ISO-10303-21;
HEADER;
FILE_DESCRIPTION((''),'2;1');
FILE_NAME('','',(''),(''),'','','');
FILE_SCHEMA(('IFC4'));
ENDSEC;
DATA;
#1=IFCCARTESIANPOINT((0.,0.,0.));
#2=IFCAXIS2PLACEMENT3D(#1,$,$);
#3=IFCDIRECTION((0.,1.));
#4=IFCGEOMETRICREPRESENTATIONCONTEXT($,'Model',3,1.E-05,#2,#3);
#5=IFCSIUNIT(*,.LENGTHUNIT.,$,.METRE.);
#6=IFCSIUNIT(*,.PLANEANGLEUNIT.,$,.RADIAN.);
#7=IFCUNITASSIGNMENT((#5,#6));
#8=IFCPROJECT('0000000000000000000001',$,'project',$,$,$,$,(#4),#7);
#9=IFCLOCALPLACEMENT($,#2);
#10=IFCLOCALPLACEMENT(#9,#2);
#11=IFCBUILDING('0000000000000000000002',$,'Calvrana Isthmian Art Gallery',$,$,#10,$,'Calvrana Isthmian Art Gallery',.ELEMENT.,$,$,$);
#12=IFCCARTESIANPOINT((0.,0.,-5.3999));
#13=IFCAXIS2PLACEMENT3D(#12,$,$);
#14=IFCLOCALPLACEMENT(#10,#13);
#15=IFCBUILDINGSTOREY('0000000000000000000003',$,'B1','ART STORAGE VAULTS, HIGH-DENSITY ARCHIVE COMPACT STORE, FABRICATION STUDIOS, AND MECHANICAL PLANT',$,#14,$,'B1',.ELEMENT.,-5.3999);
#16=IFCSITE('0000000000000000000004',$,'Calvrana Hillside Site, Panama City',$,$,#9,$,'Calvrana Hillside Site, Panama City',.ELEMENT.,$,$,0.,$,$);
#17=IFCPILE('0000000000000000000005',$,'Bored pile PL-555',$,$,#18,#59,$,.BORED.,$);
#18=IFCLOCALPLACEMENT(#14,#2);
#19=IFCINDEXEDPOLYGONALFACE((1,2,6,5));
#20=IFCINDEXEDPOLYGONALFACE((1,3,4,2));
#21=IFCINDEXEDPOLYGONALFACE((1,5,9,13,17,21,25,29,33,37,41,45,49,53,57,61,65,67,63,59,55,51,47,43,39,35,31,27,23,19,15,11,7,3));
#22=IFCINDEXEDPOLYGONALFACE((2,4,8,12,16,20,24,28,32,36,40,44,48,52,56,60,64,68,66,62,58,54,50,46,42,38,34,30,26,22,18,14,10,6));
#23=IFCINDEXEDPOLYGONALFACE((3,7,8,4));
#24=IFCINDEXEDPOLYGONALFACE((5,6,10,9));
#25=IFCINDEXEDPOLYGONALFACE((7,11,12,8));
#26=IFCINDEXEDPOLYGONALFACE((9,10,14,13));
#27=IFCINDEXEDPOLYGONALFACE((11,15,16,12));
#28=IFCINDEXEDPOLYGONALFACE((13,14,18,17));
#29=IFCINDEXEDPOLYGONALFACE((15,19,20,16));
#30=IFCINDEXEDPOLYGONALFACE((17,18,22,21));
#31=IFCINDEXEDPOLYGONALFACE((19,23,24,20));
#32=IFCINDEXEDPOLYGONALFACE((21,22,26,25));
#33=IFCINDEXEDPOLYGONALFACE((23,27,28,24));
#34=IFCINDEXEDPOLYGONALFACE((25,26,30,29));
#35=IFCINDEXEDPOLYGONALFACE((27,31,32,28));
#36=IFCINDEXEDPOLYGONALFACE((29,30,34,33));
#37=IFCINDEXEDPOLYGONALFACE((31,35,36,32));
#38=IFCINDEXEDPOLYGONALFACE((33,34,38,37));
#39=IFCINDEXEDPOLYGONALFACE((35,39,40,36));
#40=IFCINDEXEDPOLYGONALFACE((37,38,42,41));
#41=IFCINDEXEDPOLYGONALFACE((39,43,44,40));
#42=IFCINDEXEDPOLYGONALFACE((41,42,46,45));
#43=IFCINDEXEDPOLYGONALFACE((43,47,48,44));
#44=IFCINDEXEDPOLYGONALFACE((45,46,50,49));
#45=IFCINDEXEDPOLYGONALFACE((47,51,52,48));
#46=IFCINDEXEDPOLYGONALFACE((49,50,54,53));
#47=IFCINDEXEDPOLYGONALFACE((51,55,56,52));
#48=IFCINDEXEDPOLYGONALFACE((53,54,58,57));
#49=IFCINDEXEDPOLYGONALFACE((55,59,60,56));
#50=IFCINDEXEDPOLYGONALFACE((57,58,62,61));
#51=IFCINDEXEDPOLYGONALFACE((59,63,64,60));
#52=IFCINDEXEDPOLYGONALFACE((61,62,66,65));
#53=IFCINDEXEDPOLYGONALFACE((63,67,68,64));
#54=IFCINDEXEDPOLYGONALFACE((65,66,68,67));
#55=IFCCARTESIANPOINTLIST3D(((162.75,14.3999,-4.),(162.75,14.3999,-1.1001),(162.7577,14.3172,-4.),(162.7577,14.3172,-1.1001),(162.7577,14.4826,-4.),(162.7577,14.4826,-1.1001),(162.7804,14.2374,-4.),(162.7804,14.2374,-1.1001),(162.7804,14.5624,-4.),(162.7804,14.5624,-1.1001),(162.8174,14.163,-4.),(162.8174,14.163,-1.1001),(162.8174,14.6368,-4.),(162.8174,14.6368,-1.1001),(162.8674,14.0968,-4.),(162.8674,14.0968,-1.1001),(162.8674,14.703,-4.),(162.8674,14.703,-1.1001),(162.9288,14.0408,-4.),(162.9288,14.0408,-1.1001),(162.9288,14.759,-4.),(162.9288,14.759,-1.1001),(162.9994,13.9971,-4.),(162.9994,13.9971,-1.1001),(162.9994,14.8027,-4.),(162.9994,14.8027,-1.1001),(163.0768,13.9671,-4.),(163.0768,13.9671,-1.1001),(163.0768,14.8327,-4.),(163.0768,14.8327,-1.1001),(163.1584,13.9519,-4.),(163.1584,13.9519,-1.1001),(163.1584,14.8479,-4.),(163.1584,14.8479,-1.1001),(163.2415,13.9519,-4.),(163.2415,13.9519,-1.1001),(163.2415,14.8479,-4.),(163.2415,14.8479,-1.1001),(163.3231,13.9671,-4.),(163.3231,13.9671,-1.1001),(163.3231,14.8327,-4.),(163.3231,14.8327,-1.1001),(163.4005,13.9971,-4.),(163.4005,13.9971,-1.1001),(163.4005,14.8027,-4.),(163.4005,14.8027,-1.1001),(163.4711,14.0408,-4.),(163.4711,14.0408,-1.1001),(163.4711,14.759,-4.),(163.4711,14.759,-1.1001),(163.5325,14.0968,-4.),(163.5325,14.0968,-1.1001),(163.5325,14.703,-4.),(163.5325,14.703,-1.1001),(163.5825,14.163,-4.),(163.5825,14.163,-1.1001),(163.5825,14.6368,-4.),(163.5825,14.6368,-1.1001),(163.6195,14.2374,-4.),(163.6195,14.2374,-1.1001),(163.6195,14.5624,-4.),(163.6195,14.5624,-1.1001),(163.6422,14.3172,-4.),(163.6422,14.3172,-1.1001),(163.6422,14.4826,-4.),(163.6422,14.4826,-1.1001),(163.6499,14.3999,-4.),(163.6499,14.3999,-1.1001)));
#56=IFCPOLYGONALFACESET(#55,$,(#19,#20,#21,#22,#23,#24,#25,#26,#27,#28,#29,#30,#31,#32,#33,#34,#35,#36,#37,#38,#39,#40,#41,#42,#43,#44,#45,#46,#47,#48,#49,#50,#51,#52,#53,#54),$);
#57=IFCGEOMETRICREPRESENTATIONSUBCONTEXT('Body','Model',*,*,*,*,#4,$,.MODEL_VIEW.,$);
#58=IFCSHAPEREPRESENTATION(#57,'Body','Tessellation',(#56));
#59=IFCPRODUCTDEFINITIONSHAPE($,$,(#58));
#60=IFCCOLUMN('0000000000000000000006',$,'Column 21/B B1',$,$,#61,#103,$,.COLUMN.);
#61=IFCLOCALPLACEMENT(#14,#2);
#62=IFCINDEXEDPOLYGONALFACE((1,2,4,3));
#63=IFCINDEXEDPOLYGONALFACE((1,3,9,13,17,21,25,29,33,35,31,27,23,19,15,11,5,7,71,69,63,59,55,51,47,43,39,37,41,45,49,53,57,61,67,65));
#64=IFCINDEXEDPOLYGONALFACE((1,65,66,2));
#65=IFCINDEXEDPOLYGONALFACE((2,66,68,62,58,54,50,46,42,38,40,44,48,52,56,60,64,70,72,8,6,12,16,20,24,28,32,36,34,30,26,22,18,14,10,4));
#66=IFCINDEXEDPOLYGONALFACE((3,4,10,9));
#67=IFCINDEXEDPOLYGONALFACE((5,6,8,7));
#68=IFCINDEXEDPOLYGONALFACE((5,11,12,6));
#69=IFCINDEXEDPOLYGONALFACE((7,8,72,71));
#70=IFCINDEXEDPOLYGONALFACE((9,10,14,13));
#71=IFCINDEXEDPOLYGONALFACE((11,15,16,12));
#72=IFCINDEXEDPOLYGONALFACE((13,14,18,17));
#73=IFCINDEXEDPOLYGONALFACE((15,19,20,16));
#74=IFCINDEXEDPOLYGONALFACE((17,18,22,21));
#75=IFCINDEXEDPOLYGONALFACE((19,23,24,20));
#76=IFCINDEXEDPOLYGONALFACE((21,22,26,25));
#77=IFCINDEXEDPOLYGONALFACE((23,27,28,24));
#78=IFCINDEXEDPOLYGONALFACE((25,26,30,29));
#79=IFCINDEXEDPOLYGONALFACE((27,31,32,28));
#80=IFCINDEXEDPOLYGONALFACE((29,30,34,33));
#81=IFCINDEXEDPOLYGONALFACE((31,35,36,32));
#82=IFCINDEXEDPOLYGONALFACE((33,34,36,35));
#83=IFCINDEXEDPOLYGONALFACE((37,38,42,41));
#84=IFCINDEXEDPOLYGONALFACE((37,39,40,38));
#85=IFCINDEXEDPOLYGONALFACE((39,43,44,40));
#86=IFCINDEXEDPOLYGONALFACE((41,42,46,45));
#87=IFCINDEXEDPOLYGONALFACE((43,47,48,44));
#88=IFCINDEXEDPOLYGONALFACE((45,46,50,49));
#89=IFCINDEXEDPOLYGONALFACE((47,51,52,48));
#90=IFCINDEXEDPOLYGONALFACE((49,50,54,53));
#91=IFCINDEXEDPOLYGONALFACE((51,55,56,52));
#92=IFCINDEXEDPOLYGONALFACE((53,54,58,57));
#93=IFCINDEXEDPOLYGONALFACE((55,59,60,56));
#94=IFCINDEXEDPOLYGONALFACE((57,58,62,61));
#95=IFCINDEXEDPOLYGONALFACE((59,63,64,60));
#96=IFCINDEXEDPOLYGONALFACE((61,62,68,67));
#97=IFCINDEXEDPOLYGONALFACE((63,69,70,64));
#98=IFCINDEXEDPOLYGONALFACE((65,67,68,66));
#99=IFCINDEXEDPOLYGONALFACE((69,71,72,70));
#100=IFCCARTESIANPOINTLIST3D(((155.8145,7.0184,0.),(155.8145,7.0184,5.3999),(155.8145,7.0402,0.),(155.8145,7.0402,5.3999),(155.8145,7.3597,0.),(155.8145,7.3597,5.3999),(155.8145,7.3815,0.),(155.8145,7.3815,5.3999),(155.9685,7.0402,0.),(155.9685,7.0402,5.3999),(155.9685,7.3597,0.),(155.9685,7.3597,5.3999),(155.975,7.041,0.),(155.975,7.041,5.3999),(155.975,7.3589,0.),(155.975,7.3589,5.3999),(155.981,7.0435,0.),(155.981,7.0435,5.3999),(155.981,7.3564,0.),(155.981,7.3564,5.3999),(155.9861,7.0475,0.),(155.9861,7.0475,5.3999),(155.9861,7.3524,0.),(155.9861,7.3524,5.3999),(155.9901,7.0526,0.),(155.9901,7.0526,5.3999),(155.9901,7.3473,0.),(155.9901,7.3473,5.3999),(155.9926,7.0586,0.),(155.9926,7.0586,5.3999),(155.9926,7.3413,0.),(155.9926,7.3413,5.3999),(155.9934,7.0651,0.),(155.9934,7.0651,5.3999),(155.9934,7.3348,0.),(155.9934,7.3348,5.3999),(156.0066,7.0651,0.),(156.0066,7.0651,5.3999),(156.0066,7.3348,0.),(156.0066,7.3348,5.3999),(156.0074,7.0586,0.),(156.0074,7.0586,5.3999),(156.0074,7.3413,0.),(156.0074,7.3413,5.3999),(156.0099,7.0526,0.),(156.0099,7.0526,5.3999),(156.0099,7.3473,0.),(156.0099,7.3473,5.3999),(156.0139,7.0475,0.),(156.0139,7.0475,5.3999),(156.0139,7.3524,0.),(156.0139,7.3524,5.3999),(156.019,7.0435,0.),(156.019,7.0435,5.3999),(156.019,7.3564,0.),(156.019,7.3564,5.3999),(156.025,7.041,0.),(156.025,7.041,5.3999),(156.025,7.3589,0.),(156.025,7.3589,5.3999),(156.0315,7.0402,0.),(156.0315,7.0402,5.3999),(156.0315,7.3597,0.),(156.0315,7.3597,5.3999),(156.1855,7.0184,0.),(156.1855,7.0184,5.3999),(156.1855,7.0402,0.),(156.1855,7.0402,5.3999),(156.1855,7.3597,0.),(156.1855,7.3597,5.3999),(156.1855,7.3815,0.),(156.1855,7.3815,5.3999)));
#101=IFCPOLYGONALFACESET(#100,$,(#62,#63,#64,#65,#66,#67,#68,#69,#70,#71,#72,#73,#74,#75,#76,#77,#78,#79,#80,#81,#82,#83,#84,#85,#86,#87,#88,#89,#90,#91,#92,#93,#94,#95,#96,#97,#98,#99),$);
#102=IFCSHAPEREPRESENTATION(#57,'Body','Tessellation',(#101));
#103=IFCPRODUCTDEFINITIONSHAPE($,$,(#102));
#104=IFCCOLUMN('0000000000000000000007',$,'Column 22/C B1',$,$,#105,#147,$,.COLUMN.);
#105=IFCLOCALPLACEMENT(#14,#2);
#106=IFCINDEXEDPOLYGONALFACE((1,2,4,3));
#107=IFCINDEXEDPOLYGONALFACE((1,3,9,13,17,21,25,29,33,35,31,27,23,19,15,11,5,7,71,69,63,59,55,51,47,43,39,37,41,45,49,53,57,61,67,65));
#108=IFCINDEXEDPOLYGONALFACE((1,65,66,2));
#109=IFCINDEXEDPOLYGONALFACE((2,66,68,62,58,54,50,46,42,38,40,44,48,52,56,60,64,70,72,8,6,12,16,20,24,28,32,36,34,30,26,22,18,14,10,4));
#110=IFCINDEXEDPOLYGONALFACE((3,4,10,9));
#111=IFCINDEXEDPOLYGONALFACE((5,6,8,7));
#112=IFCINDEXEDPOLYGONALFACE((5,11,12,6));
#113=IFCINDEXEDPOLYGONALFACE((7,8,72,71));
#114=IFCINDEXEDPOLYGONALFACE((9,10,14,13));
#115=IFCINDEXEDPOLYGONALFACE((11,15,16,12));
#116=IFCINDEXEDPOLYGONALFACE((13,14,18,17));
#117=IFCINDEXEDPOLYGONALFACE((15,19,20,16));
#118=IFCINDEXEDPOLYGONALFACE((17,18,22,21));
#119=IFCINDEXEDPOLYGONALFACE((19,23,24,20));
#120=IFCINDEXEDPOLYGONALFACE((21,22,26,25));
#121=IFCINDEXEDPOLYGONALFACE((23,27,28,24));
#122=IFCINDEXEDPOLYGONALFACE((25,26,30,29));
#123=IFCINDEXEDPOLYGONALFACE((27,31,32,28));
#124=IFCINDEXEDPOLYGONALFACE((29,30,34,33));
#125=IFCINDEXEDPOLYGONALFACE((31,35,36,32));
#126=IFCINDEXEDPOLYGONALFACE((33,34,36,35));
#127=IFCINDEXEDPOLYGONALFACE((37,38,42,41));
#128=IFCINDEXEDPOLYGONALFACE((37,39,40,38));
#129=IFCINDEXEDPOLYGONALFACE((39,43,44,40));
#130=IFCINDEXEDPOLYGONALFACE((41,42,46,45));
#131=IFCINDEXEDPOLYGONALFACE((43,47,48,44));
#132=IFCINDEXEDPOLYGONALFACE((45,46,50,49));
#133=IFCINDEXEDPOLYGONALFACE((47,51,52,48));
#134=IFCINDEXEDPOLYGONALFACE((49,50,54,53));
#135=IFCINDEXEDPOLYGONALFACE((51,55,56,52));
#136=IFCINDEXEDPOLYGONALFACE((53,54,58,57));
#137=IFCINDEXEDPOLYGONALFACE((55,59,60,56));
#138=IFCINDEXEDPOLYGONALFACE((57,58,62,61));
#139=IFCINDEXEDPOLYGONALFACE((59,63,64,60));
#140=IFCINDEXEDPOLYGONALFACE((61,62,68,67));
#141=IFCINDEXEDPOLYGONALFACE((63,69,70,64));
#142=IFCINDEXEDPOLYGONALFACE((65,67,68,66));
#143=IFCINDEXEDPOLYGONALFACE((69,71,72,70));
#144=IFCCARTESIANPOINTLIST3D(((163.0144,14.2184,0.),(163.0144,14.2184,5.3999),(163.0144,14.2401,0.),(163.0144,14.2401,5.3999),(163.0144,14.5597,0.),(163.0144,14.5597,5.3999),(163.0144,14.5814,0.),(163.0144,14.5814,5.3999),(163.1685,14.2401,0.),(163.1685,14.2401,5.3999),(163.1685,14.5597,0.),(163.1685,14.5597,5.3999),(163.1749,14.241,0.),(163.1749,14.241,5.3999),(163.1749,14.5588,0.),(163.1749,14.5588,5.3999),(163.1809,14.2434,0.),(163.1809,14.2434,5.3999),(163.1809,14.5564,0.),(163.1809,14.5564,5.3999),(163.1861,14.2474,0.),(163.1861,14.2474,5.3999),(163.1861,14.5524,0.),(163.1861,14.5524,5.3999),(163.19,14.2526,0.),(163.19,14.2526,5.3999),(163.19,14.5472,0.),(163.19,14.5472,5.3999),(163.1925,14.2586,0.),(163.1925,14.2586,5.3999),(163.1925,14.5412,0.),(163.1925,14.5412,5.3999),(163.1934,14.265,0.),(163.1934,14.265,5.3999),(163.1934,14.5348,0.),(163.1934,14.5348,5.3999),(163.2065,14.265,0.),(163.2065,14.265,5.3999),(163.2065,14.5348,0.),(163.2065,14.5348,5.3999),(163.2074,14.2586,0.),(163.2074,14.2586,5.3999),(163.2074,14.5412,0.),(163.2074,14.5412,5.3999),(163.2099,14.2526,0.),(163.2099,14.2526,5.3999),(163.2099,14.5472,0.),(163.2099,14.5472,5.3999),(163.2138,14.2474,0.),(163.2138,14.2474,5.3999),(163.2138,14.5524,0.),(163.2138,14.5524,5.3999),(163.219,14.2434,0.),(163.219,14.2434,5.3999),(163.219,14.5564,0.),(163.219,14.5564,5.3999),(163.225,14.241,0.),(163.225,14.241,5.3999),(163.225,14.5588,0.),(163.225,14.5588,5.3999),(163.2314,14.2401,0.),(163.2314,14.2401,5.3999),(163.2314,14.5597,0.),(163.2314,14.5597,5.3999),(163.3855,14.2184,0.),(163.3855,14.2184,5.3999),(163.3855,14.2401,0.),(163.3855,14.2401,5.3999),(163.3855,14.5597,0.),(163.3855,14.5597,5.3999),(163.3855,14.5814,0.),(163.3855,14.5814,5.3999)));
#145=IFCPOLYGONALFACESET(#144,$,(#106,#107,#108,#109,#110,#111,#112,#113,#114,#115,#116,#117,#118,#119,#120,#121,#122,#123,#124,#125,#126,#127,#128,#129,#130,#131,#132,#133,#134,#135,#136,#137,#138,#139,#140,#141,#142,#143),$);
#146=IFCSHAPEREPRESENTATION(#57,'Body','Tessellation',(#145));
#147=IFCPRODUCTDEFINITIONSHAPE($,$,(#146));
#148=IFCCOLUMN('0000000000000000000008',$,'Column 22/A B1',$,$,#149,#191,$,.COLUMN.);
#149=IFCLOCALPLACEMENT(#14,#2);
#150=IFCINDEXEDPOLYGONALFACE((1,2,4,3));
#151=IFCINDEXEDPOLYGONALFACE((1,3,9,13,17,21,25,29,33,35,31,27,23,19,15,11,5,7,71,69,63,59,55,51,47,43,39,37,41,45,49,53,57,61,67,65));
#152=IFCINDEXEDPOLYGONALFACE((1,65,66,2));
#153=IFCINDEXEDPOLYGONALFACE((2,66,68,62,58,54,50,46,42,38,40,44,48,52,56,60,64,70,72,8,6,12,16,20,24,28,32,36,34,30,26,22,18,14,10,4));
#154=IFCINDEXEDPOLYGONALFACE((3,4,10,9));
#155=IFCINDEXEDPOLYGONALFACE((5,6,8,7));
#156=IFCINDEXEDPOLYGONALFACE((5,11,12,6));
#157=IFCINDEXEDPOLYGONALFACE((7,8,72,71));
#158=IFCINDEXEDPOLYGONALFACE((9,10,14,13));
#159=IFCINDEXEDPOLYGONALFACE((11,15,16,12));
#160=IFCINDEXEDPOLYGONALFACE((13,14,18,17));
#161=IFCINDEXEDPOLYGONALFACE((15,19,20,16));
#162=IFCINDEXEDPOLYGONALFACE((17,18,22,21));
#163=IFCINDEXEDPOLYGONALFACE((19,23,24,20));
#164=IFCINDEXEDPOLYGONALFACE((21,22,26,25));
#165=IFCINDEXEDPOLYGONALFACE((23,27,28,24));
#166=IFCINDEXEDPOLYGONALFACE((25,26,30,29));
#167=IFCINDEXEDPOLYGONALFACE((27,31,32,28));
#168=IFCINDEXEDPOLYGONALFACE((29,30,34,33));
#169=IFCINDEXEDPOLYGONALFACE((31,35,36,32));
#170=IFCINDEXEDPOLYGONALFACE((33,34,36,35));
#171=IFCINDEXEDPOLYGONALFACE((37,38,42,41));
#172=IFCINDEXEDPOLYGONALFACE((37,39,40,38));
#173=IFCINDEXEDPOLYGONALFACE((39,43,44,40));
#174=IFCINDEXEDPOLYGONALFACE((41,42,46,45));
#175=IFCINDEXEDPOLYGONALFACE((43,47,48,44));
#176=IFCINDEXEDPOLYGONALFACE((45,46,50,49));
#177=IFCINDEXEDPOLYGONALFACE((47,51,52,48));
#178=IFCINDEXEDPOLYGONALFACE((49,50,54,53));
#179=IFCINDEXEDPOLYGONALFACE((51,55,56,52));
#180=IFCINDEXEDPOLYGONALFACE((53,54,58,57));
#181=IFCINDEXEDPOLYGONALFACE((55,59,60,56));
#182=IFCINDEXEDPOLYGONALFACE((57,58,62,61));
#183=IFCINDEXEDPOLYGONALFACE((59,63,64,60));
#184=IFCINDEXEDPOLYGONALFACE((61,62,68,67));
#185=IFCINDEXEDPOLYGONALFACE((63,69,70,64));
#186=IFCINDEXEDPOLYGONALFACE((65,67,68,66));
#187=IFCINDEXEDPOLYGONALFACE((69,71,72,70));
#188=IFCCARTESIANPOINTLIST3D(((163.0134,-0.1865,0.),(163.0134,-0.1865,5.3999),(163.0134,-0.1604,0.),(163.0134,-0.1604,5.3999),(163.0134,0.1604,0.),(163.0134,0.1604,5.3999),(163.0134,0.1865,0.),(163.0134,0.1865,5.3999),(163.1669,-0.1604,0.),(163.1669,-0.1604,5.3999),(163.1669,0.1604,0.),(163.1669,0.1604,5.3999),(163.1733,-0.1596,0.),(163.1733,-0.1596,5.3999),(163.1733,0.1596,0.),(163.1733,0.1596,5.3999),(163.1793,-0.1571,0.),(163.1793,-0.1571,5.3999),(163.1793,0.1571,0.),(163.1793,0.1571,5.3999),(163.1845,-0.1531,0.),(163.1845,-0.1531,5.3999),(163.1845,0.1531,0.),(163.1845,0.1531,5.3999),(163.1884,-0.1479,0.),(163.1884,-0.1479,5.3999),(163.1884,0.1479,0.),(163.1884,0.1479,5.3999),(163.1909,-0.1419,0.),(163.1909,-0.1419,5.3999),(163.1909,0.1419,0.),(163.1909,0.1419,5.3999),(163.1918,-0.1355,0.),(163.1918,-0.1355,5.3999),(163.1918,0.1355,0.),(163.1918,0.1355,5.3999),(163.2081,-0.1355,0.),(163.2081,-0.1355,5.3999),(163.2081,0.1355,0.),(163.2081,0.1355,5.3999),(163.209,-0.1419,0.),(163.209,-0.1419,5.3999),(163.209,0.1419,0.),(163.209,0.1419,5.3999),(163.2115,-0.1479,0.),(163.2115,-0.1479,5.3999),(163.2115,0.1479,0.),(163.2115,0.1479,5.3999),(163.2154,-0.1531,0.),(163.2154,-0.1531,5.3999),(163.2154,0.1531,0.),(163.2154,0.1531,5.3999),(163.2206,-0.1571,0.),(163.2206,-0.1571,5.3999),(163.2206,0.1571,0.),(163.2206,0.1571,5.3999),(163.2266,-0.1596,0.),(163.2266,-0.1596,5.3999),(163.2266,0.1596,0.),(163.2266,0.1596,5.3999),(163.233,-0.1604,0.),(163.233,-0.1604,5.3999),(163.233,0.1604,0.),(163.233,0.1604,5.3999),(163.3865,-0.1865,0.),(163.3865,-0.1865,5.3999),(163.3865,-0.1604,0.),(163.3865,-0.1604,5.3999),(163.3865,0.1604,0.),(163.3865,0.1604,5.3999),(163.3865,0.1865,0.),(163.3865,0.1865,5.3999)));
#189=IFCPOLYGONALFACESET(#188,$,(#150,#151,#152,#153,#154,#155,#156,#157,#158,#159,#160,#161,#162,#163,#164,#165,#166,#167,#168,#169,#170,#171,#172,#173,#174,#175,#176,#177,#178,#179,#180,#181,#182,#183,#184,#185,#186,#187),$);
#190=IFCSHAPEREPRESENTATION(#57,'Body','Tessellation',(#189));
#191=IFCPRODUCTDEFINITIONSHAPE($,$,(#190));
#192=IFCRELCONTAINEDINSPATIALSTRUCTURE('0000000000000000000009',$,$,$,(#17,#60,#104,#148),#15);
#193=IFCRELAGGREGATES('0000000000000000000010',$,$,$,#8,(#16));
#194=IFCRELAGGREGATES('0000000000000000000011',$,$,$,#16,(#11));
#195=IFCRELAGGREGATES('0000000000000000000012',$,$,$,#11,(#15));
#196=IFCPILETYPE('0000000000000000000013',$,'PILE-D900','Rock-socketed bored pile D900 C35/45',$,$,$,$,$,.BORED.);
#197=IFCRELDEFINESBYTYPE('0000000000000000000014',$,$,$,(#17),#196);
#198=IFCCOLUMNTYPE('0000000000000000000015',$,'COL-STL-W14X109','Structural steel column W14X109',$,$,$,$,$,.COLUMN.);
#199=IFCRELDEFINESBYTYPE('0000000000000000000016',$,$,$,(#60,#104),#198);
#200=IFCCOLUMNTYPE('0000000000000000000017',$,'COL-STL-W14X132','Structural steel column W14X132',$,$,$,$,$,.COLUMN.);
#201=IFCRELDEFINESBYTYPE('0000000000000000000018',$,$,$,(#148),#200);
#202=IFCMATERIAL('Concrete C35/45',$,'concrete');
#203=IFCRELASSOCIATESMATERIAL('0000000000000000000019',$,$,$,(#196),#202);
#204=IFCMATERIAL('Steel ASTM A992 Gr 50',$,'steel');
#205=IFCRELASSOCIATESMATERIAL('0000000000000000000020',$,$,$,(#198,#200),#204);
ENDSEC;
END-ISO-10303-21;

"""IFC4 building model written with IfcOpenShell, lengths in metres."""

from ifc_helpers import new_model, si_unit, direction, frame, origin, origin_2d, place, context, subcontext, project, spatial, circle, i_section, extrude, material, material_profile, profile_set, type_object, element, save


model = new_model("IFC4")

# Units and contexts
model_context = context("Model", 3, precision=1e-05, world=origin(), true_north=direction((0.0, 1.0)))
body_context = subcontext(model_context, "Body", "Model", "MODEL_VIEW")
ifc_project = project(units=[si_unit("LENGTHUNIT", "METRE"), si_unit("PLANEANGLEUNIT", "RADIAN")], contexts=[model_context])

# Site, building, storey
site_placement = place(None, origin())
site = spatial("IfcSite", under=ifc_project, at=site_placement, Name="Calvrana Hillside Site, Panama City", LongName="Calvrana Hillside Site, Panama City", CompositionType="ELEMENT", RefElevation=0.0)
building_placement = place(site_placement, origin())
building = spatial("IfcBuilding", under=site, at=building_placement, Name="Calvrana Isthmian Art Gallery", LongName="Calvrana Isthmian Art Gallery", CompositionType="ELEMENT")
storey_placement = place(building_placement, frame((0.0, 0.0, -5.3999)))
storey = spatial("IfcBuildingStorey", under=building, at=storey_placement, Name="B1", Description="ART STORAGE VAULTS, HIGH-DENSITY ARCHIVE COMPACT STORE, FABRICATION STUDIOS, AND MECHANICAL PLANT", LongName="B1", CompositionType="ELEMENT", Elevation=-5.3999)

# Shared definitions
ifc_material_1 = material(Name="Concrete C35/45", Category="concrete")

# Pile
ifc_material_profile_1 = material_profile(ifc_material_1, circle(Radius=0.45, at=origin_2d()), Name="PILE900D")
ifc_profile_set_1 = profile_set([ifc_material_profile_1], Name="Concrete C35/45")
pile_type_1 = type_object("IfcPileType", Name="PILE-D900", Description="Rock-socketed bored pile D900 C35/45", PredefinedType="BORED", material=ifc_profile_set_1)
for number, where, z_axis, x_axis, name in (
    (1, (163.2, 14.3999, -1.1001), (0.0, 0.0, -1.0), (1.0, 0.0, 0.0), "Bored pile PL-555"),
):
    element("IfcPile", number, at=place(storey_placement, frame(where, z_axis=z_axis, x_axis=x_axis)), inside=storey, type_object=pile_type_1, Name=name, PredefinedType="BORED", context=body_context, shape_type="SweptSolid", body=[
        extrude(circle(Radius=0.45, at=origin_2d()), origin(), (0.0, 0.0, 1.0), 2.8999),
    ])

# Columns
ifc_material_2 = material(Name="Steel ASTM A992 Gr 50", Category="steel")
ifc_material_profile_2 = material_profile(ifc_material_2, i_section(OverallWidth=0.3711, OverallDepth=0.363, WebThickness=0.0132, FlangeThickness=0.0217, FilletRadius=0.0249, at=origin_2d()), Name="W14X109")
ifc_profile_set_2 = profile_set([ifc_material_profile_2], Name="Steel ASTM A992 Gr 50")
column_type_1 = type_object("IfcColumnType", Name="COL-STL-W14X109", Description="Structural steel column W14X109", PredefinedType="COLUMN", material=ifc_profile_set_2)
for number, where, z_axis, x_axis, name in (
    (2, (156.0, 7.2, 0.0), (0.0, 0.0, 1.0), (1.0, 0.0, 0.0), "Column 21/B B1"),
    (3, (163.2, 14.3999, 0.0), (0.0, 0.0, 1.0), (1.0, 0.0, 0.0), "Column 22/C B1"),
):
    element("IfcColumn", number, at=place(storey_placement, frame(where, z_axis=z_axis, x_axis=x_axis)), inside=storey, type_object=column_type_1, Name=name, PredefinedType="COLUMN", context=body_context, shape_type="SweptSolid", body=[
        extrude(i_section(OverallWidth=0.3711, OverallDepth=0.363, WebThickness=0.0132, FlangeThickness=0.0217, FilletRadius=0.0249, at=origin_2d()), origin(), (0.0, 0.0, 1.0), 5.3999),
    ])
ifc_material_profile_3 = material_profile(ifc_material_2, i_section(OverallWidth=0.373, OverallDepth=0.373, WebThickness=0.0164, FlangeThickness=0.0261, FilletRadius=0.0249, at=origin_2d()), Name="W14X132")
ifc_profile_set_3 = profile_set([ifc_material_profile_3], Name="Steel ASTM A992 Gr 50")
column_type_2 = type_object("IfcColumnType", Name="COL-STL-W14X132", Description="Structural steel column W14X132", PredefinedType="COLUMN", material=ifc_profile_set_3)
column_1_placement = place(storey_placement, frame((163.2, 0.0, 0.0), z_axis=(0.0, 0.0, 1.0), x_axis=(1.0, 0.0, 0.0)))
element("IfcColumn", 4, at=column_1_placement, inside=storey, type_object=column_type_2, Name="Column 22/A B1", PredefinedType="COLUMN", context=body_context, shape_type="SweptSolid", body=[
    extrude(i_section(OverallWidth=0.373, OverallDepth=0.373, WebThickness=0.0164, FlangeThickness=0.0261, FilletRadius=0.0249, at=origin_2d()), origin(), (0.0, 0.0, 1.0), 5.3999),
])

save(model, "model.ifc")
